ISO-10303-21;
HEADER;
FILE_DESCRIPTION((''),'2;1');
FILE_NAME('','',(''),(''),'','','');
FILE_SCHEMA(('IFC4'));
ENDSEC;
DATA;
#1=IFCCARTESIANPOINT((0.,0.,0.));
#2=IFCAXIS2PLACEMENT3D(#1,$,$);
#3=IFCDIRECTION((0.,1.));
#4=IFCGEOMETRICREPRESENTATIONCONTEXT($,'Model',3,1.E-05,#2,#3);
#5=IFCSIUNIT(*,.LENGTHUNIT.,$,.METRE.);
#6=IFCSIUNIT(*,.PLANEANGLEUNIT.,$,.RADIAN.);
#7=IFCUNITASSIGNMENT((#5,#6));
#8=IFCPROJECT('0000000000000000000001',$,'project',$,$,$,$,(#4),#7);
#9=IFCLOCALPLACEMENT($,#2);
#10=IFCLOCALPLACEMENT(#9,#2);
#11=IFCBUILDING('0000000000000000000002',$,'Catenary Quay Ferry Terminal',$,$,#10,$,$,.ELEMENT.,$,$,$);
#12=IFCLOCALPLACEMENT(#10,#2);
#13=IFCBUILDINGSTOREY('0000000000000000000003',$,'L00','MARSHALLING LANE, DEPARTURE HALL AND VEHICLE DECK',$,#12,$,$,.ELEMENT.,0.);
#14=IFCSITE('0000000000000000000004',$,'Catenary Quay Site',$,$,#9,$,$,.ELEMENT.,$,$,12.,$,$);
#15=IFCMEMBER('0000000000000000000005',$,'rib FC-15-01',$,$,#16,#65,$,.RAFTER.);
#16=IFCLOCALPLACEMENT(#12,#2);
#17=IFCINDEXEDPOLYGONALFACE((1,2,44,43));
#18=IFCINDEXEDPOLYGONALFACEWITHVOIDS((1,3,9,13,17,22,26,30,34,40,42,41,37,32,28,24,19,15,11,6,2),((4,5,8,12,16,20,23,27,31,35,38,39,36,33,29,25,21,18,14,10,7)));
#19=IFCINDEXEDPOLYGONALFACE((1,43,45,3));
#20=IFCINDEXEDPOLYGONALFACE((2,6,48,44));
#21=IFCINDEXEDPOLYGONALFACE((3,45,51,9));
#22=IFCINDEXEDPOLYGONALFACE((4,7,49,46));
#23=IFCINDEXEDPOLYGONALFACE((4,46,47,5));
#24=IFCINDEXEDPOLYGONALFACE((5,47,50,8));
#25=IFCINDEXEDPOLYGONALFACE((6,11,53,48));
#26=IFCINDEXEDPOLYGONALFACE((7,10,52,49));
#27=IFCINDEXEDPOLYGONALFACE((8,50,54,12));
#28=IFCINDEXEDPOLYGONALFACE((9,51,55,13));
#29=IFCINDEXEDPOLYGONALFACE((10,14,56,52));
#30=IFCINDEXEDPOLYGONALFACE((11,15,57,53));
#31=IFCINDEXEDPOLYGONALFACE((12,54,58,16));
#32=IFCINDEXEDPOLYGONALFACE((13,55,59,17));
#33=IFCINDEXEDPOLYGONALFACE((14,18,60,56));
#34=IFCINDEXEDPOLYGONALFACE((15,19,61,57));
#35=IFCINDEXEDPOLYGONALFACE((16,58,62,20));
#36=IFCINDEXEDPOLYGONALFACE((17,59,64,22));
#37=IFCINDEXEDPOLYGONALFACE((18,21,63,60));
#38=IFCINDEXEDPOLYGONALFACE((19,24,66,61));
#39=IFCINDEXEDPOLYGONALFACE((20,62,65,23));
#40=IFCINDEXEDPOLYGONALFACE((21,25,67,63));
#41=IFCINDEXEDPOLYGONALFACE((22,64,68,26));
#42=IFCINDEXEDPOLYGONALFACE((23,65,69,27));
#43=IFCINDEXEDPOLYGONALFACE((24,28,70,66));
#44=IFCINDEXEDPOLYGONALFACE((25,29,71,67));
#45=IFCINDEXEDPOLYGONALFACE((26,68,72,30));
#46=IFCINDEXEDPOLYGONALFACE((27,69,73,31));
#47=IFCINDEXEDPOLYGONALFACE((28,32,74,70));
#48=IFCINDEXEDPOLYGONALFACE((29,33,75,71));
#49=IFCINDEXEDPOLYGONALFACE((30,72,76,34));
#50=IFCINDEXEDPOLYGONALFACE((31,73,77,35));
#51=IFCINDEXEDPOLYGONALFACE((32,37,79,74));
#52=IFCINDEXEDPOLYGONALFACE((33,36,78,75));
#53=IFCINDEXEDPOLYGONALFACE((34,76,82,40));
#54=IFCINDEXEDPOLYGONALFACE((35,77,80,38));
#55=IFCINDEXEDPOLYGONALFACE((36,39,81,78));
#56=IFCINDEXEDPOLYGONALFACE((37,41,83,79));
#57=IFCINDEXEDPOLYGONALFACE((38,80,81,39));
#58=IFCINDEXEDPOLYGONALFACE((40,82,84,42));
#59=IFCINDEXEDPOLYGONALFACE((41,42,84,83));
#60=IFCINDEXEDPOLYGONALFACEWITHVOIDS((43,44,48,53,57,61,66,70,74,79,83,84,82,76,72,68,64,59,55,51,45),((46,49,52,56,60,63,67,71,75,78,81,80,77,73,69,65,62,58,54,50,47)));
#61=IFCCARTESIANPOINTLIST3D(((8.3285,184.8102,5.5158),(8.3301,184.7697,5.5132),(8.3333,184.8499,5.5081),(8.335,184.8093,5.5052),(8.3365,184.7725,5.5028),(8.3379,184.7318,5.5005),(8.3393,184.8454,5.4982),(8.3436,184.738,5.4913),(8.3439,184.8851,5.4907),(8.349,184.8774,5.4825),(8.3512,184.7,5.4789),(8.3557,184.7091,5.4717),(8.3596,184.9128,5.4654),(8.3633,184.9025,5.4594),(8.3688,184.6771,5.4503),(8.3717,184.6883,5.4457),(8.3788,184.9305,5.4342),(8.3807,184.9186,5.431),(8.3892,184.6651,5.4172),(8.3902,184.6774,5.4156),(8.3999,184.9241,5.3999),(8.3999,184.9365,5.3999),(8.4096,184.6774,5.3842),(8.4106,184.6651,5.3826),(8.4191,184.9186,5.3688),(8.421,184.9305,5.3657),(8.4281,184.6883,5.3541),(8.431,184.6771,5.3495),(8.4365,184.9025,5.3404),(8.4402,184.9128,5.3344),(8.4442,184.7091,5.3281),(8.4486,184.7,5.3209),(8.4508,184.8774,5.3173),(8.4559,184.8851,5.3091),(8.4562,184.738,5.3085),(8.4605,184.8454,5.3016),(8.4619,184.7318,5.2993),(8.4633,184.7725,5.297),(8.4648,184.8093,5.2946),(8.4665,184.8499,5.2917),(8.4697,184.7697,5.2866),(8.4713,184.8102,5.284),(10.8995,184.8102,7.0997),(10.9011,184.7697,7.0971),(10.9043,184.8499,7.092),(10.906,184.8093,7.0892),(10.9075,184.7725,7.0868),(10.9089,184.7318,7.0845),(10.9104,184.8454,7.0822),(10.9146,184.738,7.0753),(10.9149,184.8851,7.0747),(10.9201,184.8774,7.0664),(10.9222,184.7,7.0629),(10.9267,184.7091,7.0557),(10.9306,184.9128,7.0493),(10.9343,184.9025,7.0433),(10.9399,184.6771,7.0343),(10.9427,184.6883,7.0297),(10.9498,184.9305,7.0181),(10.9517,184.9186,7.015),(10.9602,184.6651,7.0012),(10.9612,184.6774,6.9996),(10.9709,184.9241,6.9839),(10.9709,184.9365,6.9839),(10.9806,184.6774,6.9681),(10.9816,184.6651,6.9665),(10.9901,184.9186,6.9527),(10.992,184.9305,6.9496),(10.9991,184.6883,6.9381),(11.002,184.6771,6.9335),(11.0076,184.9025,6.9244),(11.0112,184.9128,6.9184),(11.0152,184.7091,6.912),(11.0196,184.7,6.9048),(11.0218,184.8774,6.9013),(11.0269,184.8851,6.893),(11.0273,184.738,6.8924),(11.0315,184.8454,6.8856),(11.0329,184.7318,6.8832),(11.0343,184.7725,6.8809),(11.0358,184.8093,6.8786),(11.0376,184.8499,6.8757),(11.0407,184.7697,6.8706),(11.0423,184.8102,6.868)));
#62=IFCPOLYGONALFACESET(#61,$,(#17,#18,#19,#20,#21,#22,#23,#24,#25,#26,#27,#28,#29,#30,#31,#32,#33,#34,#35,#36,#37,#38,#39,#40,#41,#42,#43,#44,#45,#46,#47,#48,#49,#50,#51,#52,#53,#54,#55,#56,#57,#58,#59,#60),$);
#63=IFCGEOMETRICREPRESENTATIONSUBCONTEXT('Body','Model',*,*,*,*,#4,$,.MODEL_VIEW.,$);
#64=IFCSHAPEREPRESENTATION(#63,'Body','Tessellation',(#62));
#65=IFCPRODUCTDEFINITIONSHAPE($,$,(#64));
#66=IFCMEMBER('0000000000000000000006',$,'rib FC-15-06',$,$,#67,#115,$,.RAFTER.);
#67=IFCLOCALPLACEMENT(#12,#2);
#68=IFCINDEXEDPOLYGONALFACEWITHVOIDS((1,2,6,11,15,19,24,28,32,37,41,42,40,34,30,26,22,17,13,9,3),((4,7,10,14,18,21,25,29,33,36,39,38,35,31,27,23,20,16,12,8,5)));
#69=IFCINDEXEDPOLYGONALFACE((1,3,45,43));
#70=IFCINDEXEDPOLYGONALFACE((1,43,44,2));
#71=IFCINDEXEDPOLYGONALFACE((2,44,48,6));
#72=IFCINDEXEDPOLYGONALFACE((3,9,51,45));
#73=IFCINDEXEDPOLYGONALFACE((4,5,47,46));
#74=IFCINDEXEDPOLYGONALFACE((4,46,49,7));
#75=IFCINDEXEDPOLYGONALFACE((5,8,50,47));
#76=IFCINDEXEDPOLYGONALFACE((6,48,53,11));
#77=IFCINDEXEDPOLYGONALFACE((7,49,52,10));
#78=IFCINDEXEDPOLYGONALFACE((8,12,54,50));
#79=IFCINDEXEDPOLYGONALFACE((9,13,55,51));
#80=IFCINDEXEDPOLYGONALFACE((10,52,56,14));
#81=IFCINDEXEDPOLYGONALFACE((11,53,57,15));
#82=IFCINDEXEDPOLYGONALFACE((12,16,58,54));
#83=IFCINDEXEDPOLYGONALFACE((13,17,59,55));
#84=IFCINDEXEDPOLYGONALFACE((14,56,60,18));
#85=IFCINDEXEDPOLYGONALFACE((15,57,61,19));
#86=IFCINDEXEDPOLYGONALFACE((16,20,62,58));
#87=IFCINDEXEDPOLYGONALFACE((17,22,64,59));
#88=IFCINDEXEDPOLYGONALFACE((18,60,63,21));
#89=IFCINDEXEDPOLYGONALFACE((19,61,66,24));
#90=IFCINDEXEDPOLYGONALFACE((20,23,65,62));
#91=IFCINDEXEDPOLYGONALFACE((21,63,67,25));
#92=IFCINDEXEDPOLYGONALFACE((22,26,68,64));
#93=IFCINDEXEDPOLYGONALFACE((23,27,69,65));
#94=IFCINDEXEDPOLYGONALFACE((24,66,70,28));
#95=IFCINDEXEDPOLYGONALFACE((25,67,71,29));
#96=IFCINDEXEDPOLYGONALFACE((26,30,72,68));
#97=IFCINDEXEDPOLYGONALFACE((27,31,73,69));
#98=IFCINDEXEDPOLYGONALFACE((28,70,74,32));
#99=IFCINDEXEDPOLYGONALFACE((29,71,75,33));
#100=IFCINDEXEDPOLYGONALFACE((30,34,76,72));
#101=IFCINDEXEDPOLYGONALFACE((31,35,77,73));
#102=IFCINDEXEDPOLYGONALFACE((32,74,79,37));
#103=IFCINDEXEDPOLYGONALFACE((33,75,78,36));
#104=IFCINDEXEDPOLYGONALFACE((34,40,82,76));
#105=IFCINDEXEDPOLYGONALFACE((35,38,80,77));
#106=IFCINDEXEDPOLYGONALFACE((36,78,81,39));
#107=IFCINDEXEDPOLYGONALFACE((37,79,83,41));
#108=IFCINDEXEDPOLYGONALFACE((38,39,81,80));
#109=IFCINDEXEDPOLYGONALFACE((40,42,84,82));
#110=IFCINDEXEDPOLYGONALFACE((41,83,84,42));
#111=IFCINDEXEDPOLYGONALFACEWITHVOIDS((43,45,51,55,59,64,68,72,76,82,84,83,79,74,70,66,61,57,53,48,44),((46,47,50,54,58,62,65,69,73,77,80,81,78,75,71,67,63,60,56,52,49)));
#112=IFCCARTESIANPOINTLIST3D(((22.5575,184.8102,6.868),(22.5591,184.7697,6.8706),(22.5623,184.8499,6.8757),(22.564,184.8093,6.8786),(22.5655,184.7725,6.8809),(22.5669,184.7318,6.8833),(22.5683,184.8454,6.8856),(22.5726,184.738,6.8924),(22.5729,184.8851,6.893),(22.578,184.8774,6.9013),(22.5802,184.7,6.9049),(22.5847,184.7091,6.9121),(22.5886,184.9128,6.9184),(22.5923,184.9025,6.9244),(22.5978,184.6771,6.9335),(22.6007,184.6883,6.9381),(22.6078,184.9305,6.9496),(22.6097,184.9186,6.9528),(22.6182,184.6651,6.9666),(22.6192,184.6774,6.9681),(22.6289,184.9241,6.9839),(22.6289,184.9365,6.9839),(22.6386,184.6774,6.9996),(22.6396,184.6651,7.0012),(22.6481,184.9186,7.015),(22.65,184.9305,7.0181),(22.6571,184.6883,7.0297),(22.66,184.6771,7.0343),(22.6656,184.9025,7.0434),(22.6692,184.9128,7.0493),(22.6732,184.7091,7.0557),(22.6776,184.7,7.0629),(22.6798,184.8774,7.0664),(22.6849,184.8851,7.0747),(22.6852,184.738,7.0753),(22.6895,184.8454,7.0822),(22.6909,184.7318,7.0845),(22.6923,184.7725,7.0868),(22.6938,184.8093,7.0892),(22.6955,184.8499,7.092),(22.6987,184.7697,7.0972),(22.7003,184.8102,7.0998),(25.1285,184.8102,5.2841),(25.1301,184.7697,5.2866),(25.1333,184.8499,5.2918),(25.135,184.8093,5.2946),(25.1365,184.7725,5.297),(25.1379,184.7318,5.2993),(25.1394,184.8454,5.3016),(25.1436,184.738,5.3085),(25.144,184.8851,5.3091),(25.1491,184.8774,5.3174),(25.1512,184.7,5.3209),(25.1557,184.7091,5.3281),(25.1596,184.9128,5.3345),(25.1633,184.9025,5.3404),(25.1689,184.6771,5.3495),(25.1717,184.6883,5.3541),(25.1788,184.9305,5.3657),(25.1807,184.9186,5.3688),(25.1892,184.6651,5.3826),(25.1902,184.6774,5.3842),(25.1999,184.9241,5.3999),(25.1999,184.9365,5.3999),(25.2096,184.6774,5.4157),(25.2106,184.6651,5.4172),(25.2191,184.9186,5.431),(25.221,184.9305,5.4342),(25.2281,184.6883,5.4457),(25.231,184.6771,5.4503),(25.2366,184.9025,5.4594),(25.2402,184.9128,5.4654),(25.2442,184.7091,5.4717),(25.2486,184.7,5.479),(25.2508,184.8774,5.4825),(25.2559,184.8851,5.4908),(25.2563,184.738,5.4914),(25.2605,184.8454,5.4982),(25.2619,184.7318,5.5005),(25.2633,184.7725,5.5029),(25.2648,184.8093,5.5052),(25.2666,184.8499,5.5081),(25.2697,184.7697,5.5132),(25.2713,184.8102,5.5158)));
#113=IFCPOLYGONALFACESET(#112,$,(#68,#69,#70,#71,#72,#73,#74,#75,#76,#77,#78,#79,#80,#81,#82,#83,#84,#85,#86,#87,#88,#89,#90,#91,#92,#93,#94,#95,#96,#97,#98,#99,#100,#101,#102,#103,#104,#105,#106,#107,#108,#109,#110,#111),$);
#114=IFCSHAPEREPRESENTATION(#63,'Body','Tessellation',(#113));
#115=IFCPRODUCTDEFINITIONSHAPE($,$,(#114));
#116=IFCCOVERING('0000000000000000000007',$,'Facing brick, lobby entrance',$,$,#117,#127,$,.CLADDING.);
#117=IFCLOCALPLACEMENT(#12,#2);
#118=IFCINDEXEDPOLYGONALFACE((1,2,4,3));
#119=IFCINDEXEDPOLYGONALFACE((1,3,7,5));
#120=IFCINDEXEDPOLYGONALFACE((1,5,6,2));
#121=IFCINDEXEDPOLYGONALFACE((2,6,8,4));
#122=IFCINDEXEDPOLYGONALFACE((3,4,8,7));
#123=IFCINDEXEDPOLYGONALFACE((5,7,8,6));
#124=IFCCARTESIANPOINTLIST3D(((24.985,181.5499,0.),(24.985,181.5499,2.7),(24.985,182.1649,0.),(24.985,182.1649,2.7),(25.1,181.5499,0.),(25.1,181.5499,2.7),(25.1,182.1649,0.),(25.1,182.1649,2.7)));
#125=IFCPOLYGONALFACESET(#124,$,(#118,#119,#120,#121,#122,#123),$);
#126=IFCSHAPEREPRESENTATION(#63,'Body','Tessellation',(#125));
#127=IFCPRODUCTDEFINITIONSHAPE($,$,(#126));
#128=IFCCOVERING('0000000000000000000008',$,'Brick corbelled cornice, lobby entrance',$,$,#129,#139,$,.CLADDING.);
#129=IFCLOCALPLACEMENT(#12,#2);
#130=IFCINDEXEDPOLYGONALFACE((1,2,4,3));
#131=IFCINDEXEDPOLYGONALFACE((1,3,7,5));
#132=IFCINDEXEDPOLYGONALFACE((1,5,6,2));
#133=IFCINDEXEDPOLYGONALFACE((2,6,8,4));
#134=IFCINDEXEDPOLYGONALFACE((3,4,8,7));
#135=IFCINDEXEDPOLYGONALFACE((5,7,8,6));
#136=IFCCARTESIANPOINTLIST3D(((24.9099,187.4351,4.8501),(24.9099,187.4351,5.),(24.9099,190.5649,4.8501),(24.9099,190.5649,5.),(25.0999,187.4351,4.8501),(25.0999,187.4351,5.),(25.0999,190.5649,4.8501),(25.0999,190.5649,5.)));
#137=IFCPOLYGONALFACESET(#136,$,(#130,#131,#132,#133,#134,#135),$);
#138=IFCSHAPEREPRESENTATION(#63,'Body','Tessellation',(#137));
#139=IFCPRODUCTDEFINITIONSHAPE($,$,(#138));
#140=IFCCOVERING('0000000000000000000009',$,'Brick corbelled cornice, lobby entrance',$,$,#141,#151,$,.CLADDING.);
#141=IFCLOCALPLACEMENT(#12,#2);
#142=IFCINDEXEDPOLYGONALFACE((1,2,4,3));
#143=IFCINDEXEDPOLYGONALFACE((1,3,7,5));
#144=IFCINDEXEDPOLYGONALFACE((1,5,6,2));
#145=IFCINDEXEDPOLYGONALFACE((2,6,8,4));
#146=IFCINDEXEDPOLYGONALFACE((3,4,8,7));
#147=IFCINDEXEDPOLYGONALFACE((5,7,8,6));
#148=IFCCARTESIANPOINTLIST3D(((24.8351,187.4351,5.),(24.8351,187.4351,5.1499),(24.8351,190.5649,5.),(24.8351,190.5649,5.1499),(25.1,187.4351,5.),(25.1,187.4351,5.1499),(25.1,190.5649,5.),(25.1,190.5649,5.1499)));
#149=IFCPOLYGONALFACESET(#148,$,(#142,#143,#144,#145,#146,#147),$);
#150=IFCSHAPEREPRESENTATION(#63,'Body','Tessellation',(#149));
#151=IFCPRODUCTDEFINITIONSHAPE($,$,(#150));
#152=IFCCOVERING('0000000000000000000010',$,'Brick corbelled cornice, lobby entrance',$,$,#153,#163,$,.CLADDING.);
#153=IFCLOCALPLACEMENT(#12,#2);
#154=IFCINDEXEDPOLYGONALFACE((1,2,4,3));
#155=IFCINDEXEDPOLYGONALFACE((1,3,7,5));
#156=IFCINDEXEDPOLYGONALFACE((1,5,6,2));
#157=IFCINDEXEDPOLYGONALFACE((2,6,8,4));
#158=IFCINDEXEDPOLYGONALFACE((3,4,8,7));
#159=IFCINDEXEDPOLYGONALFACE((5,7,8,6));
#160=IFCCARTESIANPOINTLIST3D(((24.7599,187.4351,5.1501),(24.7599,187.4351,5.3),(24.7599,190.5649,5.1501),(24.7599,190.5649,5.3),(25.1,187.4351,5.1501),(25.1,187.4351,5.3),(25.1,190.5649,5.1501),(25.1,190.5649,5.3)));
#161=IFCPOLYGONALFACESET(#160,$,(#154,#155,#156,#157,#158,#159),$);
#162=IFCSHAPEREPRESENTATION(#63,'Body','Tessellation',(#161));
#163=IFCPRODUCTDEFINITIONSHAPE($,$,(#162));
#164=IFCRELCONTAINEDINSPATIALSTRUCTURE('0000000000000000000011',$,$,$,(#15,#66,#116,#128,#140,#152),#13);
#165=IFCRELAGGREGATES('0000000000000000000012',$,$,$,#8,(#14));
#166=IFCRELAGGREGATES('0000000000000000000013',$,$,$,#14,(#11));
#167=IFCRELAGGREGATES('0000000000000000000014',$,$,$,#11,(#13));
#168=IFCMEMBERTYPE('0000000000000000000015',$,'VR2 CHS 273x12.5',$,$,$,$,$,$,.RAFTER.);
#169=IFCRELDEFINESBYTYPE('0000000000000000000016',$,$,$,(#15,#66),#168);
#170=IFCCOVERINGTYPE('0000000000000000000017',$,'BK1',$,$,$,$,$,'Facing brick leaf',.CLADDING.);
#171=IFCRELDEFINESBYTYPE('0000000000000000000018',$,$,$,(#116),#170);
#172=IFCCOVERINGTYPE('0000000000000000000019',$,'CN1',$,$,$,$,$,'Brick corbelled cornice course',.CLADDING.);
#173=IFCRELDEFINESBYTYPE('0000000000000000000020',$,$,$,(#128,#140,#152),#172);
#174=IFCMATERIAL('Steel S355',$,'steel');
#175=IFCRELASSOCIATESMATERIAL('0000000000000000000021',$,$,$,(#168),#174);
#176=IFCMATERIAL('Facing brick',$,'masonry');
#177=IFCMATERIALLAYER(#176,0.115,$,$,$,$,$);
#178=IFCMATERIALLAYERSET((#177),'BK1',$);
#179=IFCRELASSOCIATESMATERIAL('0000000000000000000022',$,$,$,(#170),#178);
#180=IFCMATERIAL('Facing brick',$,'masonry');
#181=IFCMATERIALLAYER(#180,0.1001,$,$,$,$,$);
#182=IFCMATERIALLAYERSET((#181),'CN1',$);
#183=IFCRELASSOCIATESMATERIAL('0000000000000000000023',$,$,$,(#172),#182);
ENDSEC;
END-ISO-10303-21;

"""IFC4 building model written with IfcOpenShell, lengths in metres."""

from ifc_helpers import new_model, si_unit, direction, frame, origin, origin_2d, place, context, subcontext, project, spatial, rectangle, hollow_circle, extrude, material, layer, layer_set, material_profile, profile_set, type_object, element, save


model = new_model("IFC4")

# Units and contexts
model_context = context("Model", 3, precision=1e-05, world=origin(), true_north=direction((0.0, 1.0)))
body_context = subcontext(model_context, "Body", "Model", "MODEL_VIEW")
ifc_project = project(units=[si_unit("LENGTHUNIT", "METRE"), si_unit("PLANEANGLEUNIT", "RADIAN")], contexts=[model_context])

# Site, building, storey
site_placement = place(None, origin())
site = spatial("IfcSite", under=ifc_project, at=site_placement, Name="Catenary Quay Site", CompositionType="ELEMENT", RefElevation=12.0)
building_placement = place(site_placement, origin())
building = spatial("IfcBuilding", under=site, at=building_placement, Name="Catenary Quay Ferry Terminal", CompositionType="ELEMENT")
storey_placement = place(building_placement, origin())
storey = spatial("IfcBuildingStorey", under=building, at=storey_placement, Name="L00", Description="MARSHALLING LANE, DEPARTURE HALL AND VEHICLE DECK", CompositionType="ELEMENT", Elevation=0.0)

# Members
ifc_material_1 = material(Name="Steel S355", Category="steel")
ifc_material_profile_1 = material_profile(ifc_material_1, hollow_circle(Radius=0.1365, WallThickness=0.0125, at=origin_2d()), Name="CHS 273x12.5")
ifc_profile_set_1 = profile_set([ifc_material_profile_1], Name="Steel S355")
member_type_1 = type_object("IfcMemberType", Name="VR2 CHS 273x12.5", PredefinedType="RAFTER", material=ifc_profile_set_1)
for number, where, z_axis, x_axis, name in (
    (1, (8.3999, 184.8, 5.3999), (0.851392, 0.0, 0.52453), (0.0, 1.0, 0.0), "rib FC-15-01"),
    (2, (22.6289, 184.8, 6.9839), (0.851392, 0.0, -0.52453), (0.0, 1.0, 0.0), "rib FC-15-06"),
):
    element("IfcMember", number, at=place(storey_placement, frame(where, z_axis=z_axis, x_axis=x_axis)), inside=storey, type_object=member_type_1, Name=name, PredefinedType="RAFTER", context=body_context, shape_type="SweptSolid", body=[
        extrude(hollow_circle(Radius=0.1365, WallThickness=0.0125, at=origin_2d()), origin(), (0.0, 0.0, 1.0), 3.0198),
    ])

# Coverings
ifc_material_2 = material(Name="Facing brick", Category="masonry")
ifc_layer_1 = layer(ifc_material_2, 0.115)
ifc_layer_set_1 = layer_set([ifc_layer_1], Name="BK1")
covering_type_1 = type_object("IfcCoveringType", Name="BK1", ElementType="Facing brick leaf", PredefinedType="CLADDING", material=ifc_layer_set_1)
covering_1_placement = place(storey_placement, frame((25.0425, 181.8574, 0.0), z_axis=(0.0, 0.0, 1.0), x_axis=(1.0, 0.0, 0.0)))
element("IfcCovering", 3, at=covering_1_placement, inside=storey, type_object=covering_type_1, Name="Facing brick, lobby entrance", PredefinedType="CLADDING", context=body_context, shape_type="SweptSolid", body=[
    extrude(rectangle(XDim=0.115, YDim=0.615, at=origin_2d()), origin(), (0.0, 0.0, 1.0), 2.7),
])
ifc_material_3 = material(Name="Facing brick", Category="masonry")
ifc_layer_2 = layer(ifc_material_3, 0.1001)
ifc_layer_set_2 = layer_set([ifc_layer_2], Name="CN1")
covering_type_2 = type_object("IfcCoveringType", Name="CN1", ElementType="Brick corbelled cornice course", PredefinedType="CLADDING", material=ifc_layer_set_2)
covering_2_placement = place(storey_placement, frame((25.0049, 189.0, 4.8501), z_axis=(0.0, 0.0, 1.0), x_axis=(1.0, 0.0, 0.0)))
element("IfcCovering", 4, at=covering_2_placement, inside=storey, type_object=covering_type_2, Name="Brick corbelled cornice, lobby entrance", PredefinedType="CLADDING", context=body_context, shape_type="SweptSolid", body=[
    extrude(rectangle(XDim=0.1899, YDim=3.1299, at=origin_2d()), origin(), (0.0, 0.0, 1.0), 0.1499),
])
covering_3_placement = place(storey_placement, frame((24.9675, 189.0, 5.0), z_axis=(0.0, 0.0, 1.0), x_axis=(1.0, 0.0, 0.0)))
element("IfcCovering", 5, at=covering_3_placement, inside=storey, type_object=covering_type_2, Name="Brick corbelled cornice, lobby entrance", PredefinedType="CLADDING", context=body_context, shape_type="SweptSolid", body=[
    extrude(rectangle(XDim=0.2649, YDim=3.1299, at=origin_2d()), origin(), (0.0, 0.0, 1.0), 0.1499),
])
covering_4_placement = place(storey_placement, frame((24.9299, 189.0, 5.1501), z_axis=(0.0, 0.0, 1.0), x_axis=(1.0, 0.0, 0.0)))
element("IfcCovering", 6, at=covering_4_placement, inside=storey, type_object=covering_type_2, Name="Brick corbelled cornice, lobby entrance", PredefinedType="CLADDING", context=body_context, shape_type="SweptSolid", body=[
    extrude(rectangle(XDim=0.3401, YDim=3.1299, at=origin_2d()), origin(), (0.0, 0.0, 1.0), 0.1499),
])

save(model, "model.ifc")
